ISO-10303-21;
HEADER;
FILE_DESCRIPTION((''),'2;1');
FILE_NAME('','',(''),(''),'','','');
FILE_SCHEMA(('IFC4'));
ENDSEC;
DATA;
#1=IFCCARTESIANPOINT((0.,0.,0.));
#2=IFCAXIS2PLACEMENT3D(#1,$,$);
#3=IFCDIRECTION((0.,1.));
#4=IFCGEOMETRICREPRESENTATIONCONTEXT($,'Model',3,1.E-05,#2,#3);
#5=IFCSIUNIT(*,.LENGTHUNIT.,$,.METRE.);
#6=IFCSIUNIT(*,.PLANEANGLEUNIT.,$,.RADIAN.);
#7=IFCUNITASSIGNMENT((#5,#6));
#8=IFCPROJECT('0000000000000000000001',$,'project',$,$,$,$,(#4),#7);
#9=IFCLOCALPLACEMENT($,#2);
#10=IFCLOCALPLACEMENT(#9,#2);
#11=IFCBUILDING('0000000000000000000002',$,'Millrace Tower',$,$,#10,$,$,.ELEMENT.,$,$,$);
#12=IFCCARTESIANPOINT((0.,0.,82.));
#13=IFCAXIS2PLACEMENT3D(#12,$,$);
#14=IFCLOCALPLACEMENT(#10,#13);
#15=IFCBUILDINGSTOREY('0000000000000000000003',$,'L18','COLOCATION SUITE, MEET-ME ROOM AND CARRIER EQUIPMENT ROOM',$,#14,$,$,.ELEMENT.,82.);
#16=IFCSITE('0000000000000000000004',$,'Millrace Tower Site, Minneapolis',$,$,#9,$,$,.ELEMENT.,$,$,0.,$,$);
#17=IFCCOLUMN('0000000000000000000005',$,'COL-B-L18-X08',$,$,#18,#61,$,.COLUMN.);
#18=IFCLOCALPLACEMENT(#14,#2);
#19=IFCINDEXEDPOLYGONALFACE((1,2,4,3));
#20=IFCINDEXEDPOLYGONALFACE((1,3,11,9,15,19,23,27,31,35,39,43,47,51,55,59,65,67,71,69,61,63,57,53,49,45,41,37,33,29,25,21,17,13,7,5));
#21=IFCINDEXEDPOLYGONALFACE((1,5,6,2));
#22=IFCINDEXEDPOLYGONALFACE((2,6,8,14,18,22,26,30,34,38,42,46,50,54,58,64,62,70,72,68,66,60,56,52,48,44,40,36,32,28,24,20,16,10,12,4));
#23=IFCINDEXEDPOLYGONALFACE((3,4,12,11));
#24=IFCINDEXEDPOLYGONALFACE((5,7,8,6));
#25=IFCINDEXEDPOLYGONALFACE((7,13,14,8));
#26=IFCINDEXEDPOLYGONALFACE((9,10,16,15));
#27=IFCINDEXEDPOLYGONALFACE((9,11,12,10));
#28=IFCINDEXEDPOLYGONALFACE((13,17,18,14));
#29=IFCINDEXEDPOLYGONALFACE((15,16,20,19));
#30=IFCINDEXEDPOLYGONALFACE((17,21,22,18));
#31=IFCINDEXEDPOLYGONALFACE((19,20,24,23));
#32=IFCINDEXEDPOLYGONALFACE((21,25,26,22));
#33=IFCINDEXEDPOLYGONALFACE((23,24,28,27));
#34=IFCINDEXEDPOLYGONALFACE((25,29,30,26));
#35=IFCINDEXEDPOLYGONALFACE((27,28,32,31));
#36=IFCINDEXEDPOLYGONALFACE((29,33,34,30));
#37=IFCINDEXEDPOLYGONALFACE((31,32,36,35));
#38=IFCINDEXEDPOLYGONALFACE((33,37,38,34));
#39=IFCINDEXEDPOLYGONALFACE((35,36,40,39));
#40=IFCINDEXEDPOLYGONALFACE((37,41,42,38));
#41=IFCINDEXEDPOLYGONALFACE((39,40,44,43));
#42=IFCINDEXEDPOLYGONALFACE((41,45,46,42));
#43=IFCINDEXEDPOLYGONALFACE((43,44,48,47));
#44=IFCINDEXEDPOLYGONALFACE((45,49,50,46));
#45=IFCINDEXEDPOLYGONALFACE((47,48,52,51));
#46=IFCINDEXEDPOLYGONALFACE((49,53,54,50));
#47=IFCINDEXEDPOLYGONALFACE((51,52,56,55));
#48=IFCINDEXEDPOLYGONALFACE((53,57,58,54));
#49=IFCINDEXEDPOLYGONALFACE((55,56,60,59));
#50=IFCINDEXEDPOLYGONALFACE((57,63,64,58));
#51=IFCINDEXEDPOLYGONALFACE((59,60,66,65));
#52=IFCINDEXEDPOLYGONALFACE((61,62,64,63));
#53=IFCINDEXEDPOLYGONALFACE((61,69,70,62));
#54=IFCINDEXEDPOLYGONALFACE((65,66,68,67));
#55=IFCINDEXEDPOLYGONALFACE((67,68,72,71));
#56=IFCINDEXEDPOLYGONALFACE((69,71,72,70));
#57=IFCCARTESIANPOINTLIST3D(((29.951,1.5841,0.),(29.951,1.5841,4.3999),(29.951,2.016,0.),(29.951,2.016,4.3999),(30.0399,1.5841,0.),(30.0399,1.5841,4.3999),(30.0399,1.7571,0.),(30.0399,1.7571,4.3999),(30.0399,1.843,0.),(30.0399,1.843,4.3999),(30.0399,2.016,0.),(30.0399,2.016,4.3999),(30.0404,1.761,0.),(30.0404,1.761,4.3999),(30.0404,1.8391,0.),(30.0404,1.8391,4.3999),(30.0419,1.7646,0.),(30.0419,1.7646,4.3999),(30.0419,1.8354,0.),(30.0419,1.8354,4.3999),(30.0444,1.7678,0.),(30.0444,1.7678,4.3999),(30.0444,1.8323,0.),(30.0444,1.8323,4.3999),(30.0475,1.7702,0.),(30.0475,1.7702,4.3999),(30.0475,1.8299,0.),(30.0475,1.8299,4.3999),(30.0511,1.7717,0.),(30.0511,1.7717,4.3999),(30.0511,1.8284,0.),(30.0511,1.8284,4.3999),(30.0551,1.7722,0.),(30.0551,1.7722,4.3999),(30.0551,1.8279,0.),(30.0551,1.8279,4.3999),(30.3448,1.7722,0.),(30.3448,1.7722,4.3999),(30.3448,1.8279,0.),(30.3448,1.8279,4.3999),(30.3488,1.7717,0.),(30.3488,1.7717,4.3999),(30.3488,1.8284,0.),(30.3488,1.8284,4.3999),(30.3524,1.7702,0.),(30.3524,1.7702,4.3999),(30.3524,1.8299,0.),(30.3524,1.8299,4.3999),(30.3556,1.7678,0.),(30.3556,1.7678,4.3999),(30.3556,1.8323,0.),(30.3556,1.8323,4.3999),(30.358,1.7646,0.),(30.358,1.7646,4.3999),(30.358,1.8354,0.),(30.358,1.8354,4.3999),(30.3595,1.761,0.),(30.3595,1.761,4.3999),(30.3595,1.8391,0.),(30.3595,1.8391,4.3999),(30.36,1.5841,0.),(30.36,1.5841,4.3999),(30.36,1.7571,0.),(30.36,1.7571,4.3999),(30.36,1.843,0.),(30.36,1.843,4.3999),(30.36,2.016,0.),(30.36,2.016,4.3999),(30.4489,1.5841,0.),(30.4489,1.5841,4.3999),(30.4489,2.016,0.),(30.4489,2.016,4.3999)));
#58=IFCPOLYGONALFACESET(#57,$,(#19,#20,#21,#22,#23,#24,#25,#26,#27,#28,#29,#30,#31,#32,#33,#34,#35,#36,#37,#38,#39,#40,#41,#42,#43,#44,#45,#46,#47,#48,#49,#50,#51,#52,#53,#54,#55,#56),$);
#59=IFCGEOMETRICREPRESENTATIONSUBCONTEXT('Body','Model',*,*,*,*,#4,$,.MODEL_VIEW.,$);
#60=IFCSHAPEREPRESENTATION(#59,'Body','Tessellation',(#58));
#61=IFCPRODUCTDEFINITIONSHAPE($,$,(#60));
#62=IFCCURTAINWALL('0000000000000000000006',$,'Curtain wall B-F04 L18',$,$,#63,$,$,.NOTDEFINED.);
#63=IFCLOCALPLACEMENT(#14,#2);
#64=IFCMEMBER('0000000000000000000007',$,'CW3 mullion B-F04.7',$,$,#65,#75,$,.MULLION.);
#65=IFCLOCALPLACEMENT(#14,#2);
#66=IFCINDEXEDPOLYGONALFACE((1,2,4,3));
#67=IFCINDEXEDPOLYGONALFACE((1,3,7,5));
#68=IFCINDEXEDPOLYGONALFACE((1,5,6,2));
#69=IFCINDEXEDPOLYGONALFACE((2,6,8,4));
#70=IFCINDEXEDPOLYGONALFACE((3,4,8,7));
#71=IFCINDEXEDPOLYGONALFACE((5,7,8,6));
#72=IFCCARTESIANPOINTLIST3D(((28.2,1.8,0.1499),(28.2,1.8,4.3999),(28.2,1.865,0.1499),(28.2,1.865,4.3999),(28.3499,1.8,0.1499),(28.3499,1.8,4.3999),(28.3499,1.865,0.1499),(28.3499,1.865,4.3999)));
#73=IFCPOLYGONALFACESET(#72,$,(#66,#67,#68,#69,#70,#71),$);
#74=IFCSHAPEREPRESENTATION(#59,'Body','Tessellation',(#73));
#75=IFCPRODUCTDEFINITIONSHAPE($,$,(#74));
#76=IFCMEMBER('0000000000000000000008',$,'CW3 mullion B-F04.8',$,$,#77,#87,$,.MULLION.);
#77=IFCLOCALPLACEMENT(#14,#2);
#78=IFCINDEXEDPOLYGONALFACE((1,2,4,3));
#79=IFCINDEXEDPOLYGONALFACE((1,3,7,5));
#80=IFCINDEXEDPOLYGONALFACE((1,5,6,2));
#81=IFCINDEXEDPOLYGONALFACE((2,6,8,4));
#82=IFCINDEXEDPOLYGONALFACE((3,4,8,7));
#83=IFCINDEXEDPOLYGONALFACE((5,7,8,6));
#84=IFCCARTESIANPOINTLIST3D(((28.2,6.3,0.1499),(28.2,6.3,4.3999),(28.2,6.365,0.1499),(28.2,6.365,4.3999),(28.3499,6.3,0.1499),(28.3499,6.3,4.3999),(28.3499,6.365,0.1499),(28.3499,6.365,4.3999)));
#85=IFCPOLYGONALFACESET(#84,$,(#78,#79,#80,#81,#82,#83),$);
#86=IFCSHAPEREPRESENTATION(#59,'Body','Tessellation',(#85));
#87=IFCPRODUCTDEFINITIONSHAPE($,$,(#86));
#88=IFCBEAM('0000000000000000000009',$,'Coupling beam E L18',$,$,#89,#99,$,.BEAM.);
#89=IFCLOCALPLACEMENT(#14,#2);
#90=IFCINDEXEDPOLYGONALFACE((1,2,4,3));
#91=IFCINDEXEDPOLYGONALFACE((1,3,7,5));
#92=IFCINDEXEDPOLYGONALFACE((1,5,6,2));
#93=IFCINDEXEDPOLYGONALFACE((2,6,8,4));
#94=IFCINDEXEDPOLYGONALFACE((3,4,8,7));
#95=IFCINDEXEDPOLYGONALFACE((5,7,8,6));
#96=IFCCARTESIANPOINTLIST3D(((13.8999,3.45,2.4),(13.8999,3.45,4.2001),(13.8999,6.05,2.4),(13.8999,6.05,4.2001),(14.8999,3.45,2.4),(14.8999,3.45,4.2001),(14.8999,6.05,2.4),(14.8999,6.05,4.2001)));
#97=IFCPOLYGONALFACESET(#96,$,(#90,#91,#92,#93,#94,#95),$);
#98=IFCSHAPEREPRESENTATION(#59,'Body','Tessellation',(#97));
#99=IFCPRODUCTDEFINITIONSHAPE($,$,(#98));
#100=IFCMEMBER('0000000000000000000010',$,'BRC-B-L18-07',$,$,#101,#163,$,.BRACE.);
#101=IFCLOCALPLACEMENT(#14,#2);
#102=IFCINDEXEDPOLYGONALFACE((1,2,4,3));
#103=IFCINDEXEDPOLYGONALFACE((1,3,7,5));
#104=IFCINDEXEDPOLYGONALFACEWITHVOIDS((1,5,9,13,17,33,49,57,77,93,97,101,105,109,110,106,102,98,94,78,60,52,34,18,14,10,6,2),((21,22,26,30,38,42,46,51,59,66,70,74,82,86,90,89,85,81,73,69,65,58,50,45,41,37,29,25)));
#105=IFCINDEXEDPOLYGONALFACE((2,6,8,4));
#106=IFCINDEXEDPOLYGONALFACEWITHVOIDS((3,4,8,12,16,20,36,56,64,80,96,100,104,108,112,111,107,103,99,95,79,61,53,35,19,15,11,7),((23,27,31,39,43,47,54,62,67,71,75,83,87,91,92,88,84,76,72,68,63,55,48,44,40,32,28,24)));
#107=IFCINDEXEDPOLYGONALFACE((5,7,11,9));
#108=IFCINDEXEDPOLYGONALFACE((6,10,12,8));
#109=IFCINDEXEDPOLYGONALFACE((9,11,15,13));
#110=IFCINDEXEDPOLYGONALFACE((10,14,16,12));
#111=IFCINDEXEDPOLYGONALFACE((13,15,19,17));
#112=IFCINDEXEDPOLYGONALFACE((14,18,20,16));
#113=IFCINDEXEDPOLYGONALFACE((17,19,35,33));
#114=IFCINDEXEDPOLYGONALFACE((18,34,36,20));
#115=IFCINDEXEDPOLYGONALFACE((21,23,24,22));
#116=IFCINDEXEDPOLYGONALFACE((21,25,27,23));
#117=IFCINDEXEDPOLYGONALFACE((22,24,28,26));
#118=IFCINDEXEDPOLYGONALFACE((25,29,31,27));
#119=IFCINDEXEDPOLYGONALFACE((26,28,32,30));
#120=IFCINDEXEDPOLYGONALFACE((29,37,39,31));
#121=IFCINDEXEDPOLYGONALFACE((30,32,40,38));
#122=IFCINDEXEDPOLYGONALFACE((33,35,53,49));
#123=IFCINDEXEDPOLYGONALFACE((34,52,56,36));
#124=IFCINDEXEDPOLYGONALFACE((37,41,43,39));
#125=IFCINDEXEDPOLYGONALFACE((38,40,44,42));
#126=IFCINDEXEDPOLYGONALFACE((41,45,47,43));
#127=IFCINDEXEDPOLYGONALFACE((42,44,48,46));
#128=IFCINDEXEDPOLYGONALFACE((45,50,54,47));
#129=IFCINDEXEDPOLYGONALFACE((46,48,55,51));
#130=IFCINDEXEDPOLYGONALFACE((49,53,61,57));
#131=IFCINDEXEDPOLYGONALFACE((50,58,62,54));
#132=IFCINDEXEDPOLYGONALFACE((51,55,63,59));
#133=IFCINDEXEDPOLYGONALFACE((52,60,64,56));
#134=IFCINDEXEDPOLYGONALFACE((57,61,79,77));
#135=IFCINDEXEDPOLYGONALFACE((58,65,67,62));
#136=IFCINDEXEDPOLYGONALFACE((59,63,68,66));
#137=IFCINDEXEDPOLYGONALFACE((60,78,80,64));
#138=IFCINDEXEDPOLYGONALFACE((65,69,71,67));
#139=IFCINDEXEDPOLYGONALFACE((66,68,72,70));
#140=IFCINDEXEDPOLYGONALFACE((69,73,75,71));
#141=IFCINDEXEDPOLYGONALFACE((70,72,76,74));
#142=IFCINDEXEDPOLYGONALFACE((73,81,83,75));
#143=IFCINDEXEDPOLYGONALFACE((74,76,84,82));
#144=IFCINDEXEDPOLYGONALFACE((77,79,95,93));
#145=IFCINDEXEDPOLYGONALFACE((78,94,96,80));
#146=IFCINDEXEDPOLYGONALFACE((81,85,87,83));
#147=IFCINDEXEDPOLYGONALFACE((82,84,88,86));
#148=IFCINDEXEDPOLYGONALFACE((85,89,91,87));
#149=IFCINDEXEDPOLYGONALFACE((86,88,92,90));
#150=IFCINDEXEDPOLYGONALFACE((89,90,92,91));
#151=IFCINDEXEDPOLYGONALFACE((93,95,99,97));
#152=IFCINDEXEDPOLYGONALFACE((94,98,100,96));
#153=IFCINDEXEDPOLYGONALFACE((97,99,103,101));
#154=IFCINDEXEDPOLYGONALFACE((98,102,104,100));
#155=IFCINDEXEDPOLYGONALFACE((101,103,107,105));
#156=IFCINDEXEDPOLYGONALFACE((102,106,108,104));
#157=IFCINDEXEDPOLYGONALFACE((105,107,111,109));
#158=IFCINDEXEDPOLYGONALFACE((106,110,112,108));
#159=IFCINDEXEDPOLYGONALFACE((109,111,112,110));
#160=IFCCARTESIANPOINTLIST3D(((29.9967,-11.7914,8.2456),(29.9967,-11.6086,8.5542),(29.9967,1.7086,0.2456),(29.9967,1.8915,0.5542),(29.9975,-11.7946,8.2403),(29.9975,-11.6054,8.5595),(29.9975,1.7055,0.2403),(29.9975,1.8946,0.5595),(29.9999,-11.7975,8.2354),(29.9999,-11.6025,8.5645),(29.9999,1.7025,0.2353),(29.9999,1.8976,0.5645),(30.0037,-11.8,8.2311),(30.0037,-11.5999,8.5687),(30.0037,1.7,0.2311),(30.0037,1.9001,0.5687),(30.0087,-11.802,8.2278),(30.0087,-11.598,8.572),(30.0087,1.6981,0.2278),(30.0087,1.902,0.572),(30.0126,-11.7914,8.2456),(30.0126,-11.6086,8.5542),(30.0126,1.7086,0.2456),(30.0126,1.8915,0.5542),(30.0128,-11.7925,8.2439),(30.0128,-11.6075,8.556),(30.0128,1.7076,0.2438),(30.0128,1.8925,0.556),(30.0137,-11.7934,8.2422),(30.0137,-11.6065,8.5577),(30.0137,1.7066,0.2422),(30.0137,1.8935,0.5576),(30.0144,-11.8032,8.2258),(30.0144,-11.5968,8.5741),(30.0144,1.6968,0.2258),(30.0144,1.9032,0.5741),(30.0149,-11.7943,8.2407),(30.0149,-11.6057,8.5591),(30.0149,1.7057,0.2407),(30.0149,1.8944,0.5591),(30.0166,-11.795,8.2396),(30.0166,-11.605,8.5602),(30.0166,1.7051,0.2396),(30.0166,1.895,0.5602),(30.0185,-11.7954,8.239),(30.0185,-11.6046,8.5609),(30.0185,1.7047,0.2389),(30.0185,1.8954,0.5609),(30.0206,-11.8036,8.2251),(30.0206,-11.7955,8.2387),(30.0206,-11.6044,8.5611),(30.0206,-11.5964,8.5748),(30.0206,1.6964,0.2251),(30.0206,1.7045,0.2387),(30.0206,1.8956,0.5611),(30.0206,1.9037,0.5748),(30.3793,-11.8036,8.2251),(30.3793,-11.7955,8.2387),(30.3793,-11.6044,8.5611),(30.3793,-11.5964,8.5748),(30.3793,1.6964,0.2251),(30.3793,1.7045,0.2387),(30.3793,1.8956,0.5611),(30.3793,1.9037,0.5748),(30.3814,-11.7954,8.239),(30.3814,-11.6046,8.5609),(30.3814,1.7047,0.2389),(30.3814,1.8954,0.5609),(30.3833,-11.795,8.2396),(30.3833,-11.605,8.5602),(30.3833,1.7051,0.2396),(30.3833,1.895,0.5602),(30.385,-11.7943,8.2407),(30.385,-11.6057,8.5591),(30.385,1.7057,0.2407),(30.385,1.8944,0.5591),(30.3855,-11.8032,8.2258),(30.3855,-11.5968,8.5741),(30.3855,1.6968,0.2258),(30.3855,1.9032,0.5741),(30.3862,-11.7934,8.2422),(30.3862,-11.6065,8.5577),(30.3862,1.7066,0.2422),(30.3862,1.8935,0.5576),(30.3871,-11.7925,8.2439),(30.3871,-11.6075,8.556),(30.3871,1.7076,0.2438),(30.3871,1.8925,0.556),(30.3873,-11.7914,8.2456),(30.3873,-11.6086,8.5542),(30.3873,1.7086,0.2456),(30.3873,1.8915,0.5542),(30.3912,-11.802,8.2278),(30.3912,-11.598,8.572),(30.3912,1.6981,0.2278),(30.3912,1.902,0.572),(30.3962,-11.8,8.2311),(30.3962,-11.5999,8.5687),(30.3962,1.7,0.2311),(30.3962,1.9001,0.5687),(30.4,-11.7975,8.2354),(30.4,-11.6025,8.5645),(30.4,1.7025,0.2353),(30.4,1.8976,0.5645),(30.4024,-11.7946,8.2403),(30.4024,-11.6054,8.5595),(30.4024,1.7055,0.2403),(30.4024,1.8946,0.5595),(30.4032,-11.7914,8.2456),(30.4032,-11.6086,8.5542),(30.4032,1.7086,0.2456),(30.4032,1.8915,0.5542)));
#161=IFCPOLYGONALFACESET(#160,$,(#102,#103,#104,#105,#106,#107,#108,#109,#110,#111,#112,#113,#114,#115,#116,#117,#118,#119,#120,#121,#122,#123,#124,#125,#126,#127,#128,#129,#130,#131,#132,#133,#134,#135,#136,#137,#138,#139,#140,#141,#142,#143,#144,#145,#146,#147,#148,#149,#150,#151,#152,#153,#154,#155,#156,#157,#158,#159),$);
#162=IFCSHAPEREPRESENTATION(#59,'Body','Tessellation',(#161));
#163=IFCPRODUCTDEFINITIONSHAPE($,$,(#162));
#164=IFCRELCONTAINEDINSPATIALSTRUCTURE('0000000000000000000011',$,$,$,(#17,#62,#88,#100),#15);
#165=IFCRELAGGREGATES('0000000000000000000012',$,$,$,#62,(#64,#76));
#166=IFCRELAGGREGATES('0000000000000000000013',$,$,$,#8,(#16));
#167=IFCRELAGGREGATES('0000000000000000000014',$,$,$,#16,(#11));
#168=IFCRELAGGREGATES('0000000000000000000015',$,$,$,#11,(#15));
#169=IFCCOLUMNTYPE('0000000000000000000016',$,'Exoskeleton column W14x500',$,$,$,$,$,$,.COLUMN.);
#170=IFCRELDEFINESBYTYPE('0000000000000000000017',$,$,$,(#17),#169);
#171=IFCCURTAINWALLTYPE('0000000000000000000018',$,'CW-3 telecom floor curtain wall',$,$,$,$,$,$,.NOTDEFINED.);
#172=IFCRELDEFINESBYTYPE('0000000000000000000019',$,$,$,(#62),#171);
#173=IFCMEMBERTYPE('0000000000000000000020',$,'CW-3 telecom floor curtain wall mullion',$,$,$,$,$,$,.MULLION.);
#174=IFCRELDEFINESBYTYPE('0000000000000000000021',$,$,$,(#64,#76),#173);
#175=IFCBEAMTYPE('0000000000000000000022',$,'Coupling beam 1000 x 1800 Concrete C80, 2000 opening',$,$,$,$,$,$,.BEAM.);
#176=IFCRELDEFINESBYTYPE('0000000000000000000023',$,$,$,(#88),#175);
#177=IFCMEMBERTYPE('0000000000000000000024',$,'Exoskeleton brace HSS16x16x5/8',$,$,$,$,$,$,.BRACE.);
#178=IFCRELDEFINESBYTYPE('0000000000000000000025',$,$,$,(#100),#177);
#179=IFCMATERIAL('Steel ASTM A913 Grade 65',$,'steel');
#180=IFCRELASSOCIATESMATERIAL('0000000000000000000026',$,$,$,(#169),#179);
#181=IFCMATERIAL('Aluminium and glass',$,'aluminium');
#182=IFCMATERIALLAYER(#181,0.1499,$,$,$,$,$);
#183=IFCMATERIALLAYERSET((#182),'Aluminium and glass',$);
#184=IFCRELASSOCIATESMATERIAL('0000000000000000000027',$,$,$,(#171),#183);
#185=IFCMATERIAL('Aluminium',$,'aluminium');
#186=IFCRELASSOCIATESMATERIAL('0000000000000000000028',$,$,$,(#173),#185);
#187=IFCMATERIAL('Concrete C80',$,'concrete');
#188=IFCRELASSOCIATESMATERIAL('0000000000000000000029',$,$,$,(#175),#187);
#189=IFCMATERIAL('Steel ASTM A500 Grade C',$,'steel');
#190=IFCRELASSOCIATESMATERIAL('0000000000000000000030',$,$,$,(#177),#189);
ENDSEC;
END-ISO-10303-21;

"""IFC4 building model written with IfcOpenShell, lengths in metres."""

from ifc_helpers import new_model, si_unit, direction, frame, origin, origin_2d, place, context, subcontext, project, spatial, rectangle, hollow_rectangle, i_section, extrude, material, layer, layer_set, material_profile, profile_set, type_object, element, aggregate, save


model = new_model("IFC4")

# Units and contexts
model_context = context("Model", 3, precision=1e-05, world=origin(), true_north=direction((0.0, 1.0)))
body_context = subcontext(model_context, "Body", "Model", "MODEL_VIEW")
ifc_project = project(units=[si_unit("LENGTHUNIT", "METRE"), si_unit("PLANEANGLEUNIT", "RADIAN")], contexts=[model_context])

# Site, building, storey
site_placement = place(None, origin())
site = spatial("IfcSite", under=ifc_project, at=site_placement, Name="Millrace Tower Site, Minneapolis", CompositionType="ELEMENT", RefElevation=0.0)
building_placement = place(site_placement, origin())
building = spatial("IfcBuilding", under=site, at=building_placement, Name="Millrace Tower", CompositionType="ELEMENT")
storey_placement = place(building_placement, frame((0.0, 0.0, 82.0)))
storey = spatial("IfcBuildingStorey", under=building, at=storey_placement, Name="L18", Description="COLOCATION SUITE, MEET-ME ROOM AND CARRIER EQUIPMENT ROOM", CompositionType="ELEMENT", Elevation=82.0)

# Column
ifc_material_1 = material(Name="Steel ASTM A913 Grade 65", Category="steel")
ifc_material_profile_1 = material_profile(ifc_material_1, i_section(OverallWidth=0.4319, OverallDepth=0.4978, WebThickness=0.0557, FlangeThickness=0.0889, FilletRadius=0.0151, at=origin_2d()))
ifc_profile_set_1 = profile_set([ifc_material_profile_1], Name="Steel ASTM A913 Grade 65")
column_type = type_object("IfcColumnType", Name="Exoskeleton column W14x500", PredefinedType="COLUMN", material=ifc_profile_set_1)
column_placement = place(storey_placement, frame((30.2, 1.8, 0.0), z_axis=(0.0, 0.0, 1.0), x_axis=(0.0, 1.0, 0.0)))
element("IfcColumn", 1, at=column_placement, inside=storey, type_object=column_type, Name="COL-B-L18-X08", PredefinedType="COLUMN", context=body_context, shape_type="SweptSolid", body=[
    extrude(i_section(OverallWidth=0.4319, OverallDepth=0.4978, WebThickness=0.0557, FlangeThickness=0.0889, FilletRadius=0.0151, at=origin_2d()), origin(), (0.0, 0.0, 1.0), 4.3999),
])

# Curtain wall, members
ifc_material_2 = material(Name="Aluminium and glass", Category="aluminium")
ifc_layer_1 = layer(ifc_material_2, 0.1499)
ifc_layer_set_1 = layer_set([ifc_layer_1], Name="Aluminium and glass")
curtain_wall_type = type_object("IfcCurtainWallType", Name="CW-3 telecom floor curtain wall", PredefinedType="NOTDEFINED", material=ifc_layer_set_1)
curtain_wall_placement = place(storey_placement, origin())
curtain_wall = element("IfcCurtainWall", 2, at=curtain_wall_placement, inside=storey, type_object=curtain_wall_type, Name="Curtain wall B-F04 L18", PredefinedType="NOTDEFINED")
ifc_material_3 = material(Name="Aluminium", Category="aluminium")
ifc_material_profile_2 = material_profile(ifc_material_3, rectangle(XDim=0.0649, YDim=0.1499, at=origin_2d()))
ifc_profile_set_2 = profile_set([ifc_material_profile_2], Name="Aluminium")
member_type_1 = type_object("IfcMemberType", Name="CW-3 telecom floor curtain wall mullion", PredefinedType="MULLION", material=ifc_profile_set_2)
member_1_placement = place(storey_placement, frame((28.2749, 1.8325, 0.1499), z_axis=(0.0, 0.0, 1.0), x_axis=(0.0, 1.0, 0.0)))
member_1 = element("IfcMember", 3, at=member_1_placement, type_object=member_type_1, Name="CW3 mullion B-F04.7", PredefinedType="MULLION", context=body_context, shape_type="SweptSolid", body=[
    extrude(rectangle(XDim=0.0649, YDim=0.1499, at=origin_2d()), origin(), (0.0, 0.0, 1.0), 4.25),
])
member_2_placement = place(storey_placement, frame((28.2749, 6.3325, 0.1499), z_axis=(0.0, 0.0, 1.0), x_axis=(0.0, 1.0, 0.0)))
member_2 = element("IfcMember", 4, at=member_2_placement, type_object=member_type_1, Name="CW3 mullion B-F04.8", PredefinedType="MULLION", context=body_context, shape_type="SweptSolid", body=[
    extrude(rectangle(XDim=0.0649, YDim=0.1499, at=origin_2d()), origin(), (0.0, 0.0, 1.0), 4.25),
])
aggregate(curtain_wall, [member_1, member_2])

# Beam
ifc_material_4 = material(Name="Concrete C80", Category="concrete")
ifc_material_profile_3 = material_profile(ifc_material_4, rectangle(XDim=1.0, YDim=1.8, at=origin_2d()))
ifc_profile_set_3 = profile_set([ifc_material_profile_3], Name="Concrete C80")
beam_type_1 = type_object("IfcBeamType", Name="Coupling beam 1000 x 1800 Concrete C80, 2000 opening", PredefinedType="BEAM", material=ifc_profile_set_3)
beam_1_placement = place(storey_placement, frame((14.3999, 6.05, 3.3), z_axis=(0.0, -1.0, 0.0), x_axis=(1.0, 0.0, 0.0)))
element("IfcBeam", 5, at=beam_1_placement, inside=storey, type_object=beam_type_1, Name="Coupling beam E L18", PredefinedType="BEAM", context=body_context, shape_type="SweptSolid", body=[
    extrude(rectangle(XDim=1.0, YDim=1.8, at=origin_2d()), origin(), (0.0, 0.0, 1.0), 2.6001),
])

# Member
ifc_material_5 = material(Name="Steel ASTM A500 Grade C", Category="steel")
ifc_material_profile_4 = material_profile(ifc_material_5, hollow_rectangle(XDim=0.4065, YDim=0.4065, WallThickness=0.0159, InnerFilletRadius=0.0081, OuterFilletRadius=0.0239, at=origin_2d()))
ifc_profile_set_4 = profile_set([ifc_material_profile_4], Name="Steel ASTM A500 Grade C")
member_type_2 = type_object("IfcMemberType", Name="Exoskeleton brace HSS16x16x5/8", PredefinedType="BRACE", material=ifc_profile_set_4)
member_3_placement = place(storey_placement, frame((30.2, 1.8, 0.3999), z_axis=(0.0, -0.860292, 0.509802), x_axis=(1.0, 0.0, 0.0)))
element("IfcMember", 6, at=member_3_placement, inside=storey, type_object=member_type_2, Name="BRC-B-L18-07", PredefinedType="BRACE", context=body_context, shape_type="SweptSolid", body=[
    extrude(hollow_rectangle(XDim=0.4065, YDim=0.4065, WallThickness=0.0159, InnerFilletRadius=0.0081, OuterFilletRadius=0.0239, at=origin_2d()), origin(), (0.0, 0.0, 1.0), 15.6924),
])

save(model, "model.ifc")
